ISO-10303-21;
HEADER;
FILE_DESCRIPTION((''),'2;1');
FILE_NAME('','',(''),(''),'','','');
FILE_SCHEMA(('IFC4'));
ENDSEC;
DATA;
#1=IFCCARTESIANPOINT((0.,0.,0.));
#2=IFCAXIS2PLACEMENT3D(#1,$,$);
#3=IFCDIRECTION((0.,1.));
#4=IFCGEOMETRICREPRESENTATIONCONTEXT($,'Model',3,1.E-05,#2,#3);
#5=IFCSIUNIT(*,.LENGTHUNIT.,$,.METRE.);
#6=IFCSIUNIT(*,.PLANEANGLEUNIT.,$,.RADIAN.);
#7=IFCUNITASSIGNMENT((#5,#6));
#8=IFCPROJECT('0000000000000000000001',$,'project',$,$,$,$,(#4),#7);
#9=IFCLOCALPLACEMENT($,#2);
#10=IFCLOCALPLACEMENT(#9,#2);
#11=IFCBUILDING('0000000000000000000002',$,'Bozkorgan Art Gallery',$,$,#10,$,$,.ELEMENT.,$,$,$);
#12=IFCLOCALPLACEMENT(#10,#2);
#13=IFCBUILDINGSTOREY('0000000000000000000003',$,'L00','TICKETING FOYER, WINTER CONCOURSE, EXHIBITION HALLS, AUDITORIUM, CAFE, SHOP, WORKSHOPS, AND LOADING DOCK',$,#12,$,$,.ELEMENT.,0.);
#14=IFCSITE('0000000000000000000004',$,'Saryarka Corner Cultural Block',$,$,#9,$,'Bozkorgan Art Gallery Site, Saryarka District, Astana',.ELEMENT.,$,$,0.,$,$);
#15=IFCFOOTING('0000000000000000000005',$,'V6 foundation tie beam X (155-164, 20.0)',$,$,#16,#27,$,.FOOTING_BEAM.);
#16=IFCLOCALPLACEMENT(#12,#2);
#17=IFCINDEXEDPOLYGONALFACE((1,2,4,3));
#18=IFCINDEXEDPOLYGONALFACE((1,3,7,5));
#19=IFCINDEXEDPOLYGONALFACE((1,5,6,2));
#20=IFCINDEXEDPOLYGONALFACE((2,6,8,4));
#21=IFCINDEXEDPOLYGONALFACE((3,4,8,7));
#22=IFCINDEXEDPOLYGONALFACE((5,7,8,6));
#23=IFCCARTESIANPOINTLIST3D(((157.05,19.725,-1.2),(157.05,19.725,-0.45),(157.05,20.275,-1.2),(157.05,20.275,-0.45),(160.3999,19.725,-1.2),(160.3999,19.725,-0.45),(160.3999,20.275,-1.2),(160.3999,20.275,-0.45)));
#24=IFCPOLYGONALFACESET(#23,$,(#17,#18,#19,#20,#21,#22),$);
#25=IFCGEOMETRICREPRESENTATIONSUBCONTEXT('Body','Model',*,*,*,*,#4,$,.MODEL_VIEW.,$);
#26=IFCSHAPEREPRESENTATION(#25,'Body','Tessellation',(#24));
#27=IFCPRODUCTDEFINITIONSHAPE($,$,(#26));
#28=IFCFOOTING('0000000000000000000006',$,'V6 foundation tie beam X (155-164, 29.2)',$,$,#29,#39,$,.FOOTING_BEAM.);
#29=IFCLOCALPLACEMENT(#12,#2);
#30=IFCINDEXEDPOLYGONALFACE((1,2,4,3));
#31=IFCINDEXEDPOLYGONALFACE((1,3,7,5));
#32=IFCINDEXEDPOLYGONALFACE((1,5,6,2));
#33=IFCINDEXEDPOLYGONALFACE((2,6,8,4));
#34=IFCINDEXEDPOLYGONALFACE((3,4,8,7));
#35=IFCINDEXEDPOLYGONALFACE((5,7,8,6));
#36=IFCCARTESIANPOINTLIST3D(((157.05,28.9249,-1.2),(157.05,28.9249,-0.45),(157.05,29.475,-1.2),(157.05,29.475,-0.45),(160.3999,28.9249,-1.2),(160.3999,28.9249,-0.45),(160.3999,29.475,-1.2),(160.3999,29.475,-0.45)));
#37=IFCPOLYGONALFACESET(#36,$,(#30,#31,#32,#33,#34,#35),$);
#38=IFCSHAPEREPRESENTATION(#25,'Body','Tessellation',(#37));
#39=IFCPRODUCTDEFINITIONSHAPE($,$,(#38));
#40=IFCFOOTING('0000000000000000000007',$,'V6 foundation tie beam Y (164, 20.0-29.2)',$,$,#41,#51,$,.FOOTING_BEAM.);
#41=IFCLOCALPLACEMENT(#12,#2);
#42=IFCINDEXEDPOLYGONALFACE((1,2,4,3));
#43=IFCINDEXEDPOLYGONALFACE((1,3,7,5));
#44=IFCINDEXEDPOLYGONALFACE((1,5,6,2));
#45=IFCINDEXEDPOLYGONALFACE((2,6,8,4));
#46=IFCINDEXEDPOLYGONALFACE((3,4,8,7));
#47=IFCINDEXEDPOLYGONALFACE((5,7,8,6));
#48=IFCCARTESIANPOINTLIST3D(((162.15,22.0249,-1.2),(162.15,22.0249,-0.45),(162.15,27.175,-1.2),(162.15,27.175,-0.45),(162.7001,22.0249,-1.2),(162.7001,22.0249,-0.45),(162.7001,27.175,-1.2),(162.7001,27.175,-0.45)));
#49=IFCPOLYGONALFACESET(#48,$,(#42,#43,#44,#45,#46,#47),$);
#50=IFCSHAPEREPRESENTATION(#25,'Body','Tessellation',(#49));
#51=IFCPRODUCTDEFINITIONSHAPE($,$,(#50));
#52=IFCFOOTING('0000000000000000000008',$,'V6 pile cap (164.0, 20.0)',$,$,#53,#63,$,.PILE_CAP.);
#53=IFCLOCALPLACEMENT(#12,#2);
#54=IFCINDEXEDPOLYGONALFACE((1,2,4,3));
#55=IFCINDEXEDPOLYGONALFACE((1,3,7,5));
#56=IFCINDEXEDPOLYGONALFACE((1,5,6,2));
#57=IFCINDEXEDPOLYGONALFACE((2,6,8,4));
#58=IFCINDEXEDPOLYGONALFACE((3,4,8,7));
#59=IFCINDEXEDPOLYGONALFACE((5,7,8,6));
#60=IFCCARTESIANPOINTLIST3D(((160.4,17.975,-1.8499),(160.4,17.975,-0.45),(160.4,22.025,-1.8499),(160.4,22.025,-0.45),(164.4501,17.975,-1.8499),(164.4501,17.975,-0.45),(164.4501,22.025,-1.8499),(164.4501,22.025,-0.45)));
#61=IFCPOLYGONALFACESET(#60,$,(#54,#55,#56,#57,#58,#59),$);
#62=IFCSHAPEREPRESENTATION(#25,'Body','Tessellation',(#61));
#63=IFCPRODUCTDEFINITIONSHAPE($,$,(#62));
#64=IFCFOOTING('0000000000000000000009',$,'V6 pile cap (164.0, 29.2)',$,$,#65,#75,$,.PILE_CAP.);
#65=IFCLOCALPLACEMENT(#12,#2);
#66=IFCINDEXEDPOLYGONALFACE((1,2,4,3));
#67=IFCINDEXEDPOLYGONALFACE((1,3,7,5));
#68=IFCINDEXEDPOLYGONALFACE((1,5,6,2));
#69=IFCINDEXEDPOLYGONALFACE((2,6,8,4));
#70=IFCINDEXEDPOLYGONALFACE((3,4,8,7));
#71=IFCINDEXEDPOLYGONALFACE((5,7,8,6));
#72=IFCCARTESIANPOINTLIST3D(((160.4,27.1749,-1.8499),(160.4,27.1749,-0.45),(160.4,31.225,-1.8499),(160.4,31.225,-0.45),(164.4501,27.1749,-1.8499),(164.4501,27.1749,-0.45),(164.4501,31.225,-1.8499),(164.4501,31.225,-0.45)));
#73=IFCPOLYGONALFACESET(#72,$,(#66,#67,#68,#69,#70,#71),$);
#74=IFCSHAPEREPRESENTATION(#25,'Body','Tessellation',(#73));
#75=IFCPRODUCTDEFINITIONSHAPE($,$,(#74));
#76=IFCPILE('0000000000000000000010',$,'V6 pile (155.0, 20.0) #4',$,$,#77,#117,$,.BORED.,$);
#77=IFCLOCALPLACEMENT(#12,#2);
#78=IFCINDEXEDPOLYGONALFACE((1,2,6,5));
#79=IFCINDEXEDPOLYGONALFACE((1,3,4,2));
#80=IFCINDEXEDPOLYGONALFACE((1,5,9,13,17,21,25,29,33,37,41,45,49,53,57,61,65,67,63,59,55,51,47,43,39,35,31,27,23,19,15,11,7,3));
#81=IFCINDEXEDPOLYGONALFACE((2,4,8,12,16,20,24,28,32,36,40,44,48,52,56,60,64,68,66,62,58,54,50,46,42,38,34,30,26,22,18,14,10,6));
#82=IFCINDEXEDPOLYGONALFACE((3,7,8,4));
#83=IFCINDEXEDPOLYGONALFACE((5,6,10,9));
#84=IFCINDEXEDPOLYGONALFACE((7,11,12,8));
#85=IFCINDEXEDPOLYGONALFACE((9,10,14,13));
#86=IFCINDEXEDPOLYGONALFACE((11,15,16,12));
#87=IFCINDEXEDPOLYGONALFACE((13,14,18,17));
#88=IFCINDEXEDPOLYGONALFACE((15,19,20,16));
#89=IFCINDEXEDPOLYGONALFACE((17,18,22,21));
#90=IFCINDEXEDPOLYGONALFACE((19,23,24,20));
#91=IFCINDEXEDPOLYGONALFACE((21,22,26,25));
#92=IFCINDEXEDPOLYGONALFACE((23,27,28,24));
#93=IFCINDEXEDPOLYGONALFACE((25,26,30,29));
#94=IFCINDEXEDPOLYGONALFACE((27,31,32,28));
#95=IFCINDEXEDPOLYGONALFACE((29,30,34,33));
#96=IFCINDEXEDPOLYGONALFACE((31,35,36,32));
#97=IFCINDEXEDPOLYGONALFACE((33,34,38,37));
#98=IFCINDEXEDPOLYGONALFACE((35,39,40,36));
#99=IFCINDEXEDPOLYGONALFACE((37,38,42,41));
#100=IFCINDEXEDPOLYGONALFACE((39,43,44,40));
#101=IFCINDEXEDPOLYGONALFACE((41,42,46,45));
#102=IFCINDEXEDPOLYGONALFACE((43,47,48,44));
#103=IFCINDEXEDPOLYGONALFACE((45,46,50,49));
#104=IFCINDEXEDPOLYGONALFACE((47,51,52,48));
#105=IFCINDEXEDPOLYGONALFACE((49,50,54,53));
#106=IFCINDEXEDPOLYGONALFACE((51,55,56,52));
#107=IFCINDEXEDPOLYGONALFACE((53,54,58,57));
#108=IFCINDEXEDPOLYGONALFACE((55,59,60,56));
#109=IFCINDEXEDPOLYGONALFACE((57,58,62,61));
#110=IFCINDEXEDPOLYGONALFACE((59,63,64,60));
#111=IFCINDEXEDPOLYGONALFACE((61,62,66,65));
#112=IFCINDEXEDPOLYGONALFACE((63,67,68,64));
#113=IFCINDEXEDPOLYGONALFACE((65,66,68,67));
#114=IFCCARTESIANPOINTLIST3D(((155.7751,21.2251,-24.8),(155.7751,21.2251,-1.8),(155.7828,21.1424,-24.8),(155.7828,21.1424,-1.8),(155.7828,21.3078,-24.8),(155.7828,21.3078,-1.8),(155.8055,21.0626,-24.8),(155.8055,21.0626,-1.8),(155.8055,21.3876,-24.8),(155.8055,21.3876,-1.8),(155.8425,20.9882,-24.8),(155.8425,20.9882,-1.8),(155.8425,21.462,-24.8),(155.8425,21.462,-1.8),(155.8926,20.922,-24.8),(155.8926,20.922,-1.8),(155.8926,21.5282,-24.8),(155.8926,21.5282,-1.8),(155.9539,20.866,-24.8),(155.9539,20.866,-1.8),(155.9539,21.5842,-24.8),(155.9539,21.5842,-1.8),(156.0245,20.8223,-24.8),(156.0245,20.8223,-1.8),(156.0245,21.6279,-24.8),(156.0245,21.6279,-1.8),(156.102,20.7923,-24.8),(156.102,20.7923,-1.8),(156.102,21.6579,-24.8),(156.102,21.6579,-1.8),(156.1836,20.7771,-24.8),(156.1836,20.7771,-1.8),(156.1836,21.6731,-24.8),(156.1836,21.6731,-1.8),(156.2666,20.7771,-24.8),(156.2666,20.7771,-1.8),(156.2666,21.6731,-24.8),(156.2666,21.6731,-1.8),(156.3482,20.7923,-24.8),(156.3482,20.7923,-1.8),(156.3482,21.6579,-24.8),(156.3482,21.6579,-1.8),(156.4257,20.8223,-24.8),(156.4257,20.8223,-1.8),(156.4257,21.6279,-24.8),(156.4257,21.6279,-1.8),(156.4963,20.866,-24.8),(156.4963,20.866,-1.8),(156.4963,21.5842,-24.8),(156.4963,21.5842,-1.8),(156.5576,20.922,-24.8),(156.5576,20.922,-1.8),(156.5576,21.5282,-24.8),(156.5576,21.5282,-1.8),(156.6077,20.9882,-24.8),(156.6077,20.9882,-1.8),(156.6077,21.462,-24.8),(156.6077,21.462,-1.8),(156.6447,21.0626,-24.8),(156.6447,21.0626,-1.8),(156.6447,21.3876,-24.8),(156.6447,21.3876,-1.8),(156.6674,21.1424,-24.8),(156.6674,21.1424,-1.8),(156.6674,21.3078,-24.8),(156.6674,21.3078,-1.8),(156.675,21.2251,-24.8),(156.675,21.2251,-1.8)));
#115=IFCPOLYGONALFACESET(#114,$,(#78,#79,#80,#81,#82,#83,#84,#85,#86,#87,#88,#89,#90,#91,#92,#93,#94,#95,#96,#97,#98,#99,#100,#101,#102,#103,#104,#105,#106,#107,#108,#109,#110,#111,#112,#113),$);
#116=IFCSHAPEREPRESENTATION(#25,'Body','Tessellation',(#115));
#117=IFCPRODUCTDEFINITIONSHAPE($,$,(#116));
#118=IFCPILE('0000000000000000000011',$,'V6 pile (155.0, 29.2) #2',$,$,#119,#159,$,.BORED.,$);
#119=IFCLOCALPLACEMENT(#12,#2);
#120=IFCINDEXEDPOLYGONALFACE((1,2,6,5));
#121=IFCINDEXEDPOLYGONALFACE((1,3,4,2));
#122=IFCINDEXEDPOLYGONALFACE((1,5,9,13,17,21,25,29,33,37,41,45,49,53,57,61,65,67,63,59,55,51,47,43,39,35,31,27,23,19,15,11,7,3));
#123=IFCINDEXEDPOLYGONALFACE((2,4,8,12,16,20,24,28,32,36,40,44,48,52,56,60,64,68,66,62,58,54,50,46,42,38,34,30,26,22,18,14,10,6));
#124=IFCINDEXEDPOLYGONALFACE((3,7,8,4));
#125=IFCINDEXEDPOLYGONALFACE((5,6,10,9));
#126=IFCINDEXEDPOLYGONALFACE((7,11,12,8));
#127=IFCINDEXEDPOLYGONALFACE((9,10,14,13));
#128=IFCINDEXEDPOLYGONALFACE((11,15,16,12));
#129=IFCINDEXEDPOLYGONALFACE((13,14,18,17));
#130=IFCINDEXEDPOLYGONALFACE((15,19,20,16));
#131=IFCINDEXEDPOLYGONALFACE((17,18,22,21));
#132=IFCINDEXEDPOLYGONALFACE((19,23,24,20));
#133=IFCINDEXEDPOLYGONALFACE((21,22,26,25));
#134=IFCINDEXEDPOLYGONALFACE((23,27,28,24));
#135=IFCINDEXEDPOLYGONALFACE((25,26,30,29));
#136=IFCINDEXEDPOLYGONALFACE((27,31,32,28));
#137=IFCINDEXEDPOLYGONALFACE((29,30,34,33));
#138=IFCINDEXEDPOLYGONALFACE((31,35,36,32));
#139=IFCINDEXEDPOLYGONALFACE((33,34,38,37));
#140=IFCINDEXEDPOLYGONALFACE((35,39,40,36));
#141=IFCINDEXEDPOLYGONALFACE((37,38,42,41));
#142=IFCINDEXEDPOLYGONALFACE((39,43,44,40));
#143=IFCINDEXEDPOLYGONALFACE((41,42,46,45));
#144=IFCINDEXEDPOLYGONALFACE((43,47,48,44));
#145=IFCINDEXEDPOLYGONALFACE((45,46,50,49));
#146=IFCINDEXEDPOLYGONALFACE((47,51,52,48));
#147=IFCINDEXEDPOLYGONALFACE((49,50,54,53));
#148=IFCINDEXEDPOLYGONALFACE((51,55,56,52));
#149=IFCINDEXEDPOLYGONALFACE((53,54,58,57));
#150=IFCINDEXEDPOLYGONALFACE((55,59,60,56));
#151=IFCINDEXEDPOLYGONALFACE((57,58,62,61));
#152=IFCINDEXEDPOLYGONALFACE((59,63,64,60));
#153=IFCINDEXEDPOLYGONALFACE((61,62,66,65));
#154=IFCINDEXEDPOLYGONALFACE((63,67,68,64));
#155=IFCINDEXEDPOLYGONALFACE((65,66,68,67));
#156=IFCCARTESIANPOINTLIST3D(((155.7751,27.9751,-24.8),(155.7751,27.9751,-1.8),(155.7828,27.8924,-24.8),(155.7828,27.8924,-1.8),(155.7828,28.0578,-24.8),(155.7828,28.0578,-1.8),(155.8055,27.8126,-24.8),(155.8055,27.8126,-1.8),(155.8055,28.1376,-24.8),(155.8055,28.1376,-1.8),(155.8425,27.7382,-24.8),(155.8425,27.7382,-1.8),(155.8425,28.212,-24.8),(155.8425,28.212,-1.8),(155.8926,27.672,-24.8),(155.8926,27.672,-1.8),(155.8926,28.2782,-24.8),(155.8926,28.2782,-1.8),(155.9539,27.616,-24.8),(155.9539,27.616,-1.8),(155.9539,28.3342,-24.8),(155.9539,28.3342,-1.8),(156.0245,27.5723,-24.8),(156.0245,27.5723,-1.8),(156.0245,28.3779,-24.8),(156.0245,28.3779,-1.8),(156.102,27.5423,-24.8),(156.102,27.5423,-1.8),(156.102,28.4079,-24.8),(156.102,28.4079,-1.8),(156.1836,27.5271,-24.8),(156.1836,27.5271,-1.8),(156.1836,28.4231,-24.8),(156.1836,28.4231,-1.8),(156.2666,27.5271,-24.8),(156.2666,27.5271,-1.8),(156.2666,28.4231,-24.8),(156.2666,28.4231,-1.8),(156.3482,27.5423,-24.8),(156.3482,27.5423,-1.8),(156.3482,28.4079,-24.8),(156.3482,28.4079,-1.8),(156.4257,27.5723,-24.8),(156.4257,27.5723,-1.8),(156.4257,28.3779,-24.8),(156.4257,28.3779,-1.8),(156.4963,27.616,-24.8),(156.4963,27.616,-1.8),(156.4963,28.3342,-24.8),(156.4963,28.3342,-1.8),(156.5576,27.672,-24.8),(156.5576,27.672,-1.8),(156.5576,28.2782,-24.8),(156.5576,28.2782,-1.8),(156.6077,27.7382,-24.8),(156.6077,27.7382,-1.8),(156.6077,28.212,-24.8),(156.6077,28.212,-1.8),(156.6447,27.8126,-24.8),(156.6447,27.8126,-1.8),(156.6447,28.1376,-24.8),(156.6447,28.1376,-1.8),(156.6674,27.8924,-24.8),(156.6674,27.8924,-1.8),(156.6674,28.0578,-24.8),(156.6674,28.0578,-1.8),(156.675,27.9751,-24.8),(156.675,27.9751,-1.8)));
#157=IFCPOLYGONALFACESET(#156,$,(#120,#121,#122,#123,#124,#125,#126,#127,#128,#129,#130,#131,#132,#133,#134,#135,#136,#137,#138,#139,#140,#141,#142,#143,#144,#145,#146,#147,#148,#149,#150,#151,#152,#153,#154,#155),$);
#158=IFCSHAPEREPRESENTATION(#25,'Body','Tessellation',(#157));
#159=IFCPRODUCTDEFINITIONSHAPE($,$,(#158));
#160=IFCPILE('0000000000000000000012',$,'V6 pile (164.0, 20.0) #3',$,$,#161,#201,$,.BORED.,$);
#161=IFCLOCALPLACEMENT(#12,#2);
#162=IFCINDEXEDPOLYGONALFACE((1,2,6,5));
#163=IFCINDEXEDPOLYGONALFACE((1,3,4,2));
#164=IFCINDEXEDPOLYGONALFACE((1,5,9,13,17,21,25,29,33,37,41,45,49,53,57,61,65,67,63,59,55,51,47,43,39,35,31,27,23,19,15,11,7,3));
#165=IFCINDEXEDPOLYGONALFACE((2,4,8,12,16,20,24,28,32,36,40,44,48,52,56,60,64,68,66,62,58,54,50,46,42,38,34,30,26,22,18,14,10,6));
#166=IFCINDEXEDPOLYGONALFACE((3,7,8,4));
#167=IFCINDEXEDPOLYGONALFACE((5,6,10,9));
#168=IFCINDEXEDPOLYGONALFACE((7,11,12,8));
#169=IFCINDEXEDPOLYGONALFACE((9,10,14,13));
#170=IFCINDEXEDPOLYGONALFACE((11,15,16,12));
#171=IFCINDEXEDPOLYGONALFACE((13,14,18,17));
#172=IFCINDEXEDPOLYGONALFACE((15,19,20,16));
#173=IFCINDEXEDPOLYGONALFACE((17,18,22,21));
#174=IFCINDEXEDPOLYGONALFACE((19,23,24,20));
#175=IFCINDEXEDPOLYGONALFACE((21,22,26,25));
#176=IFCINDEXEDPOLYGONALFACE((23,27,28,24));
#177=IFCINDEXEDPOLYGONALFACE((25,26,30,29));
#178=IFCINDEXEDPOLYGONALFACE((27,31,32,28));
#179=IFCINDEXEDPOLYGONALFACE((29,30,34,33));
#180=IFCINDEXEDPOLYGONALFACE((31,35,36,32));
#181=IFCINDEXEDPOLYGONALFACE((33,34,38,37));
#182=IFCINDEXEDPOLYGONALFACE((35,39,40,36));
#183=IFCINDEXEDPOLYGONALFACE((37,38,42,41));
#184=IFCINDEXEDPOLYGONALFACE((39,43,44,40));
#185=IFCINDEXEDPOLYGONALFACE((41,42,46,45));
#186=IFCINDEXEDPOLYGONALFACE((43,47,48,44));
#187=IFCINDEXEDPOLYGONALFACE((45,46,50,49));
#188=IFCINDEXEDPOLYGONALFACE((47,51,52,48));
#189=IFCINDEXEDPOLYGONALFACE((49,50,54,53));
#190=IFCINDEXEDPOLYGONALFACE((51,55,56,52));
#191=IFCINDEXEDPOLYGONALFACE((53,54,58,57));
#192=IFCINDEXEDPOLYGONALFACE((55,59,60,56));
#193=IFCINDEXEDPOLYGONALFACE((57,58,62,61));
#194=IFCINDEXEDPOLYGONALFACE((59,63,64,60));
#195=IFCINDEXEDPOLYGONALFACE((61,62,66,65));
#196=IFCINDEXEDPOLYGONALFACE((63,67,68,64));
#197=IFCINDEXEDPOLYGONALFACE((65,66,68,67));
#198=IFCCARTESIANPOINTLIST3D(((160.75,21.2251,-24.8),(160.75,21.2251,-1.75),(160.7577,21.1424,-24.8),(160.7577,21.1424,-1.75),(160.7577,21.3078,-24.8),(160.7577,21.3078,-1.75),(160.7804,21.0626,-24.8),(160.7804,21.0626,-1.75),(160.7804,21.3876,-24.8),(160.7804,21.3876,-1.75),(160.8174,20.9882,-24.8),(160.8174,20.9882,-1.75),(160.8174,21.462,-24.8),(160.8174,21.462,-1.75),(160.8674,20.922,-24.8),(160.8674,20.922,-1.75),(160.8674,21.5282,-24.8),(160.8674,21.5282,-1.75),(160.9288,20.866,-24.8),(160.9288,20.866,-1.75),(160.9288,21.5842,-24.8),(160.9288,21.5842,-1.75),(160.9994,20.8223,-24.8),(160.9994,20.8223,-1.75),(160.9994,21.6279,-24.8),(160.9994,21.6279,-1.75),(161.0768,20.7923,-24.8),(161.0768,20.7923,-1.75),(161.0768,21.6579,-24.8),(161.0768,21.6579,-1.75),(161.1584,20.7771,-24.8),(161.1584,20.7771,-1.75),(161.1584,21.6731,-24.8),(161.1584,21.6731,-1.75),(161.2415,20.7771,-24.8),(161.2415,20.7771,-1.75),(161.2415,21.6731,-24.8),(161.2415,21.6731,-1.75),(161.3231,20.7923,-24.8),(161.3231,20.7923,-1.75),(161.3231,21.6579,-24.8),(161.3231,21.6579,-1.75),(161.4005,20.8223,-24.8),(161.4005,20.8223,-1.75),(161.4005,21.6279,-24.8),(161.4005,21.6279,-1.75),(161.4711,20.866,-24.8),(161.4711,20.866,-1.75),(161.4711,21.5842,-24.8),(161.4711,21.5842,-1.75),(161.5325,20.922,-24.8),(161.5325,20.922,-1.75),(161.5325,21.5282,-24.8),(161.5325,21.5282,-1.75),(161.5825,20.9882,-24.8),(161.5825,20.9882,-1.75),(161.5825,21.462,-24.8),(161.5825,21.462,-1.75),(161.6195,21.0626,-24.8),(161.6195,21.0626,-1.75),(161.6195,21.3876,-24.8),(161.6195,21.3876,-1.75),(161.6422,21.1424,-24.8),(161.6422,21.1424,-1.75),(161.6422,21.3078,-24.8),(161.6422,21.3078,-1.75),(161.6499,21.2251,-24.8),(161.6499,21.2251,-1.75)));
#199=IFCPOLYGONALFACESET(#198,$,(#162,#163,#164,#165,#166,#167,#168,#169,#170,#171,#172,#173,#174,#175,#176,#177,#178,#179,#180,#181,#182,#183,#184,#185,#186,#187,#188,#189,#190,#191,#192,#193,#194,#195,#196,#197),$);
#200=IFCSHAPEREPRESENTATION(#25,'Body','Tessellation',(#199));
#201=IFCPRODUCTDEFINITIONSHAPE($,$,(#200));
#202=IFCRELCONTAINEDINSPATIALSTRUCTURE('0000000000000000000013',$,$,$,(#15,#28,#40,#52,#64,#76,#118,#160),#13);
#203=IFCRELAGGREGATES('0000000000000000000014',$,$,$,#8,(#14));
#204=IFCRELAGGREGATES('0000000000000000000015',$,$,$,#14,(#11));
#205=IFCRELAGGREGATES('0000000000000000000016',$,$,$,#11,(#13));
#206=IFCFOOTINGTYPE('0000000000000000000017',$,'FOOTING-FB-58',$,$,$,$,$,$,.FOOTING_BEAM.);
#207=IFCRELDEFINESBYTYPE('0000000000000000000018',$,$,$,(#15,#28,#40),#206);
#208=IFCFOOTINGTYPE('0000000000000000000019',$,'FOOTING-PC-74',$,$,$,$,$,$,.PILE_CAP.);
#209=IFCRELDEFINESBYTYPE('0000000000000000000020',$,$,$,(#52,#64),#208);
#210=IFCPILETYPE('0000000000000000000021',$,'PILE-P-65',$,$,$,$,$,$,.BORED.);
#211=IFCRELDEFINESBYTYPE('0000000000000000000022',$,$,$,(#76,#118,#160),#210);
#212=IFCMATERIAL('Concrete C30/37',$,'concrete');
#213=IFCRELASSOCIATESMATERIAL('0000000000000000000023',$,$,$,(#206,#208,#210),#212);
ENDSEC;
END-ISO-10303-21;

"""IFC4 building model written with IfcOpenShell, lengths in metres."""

from ifc_helpers import new_model, si_unit, direction, frame, origin, origin_2d, place, context, subcontext, project, spatial, rectangle, circle, extrude, material, material_profile, profile_set, type_object, element, save


model = new_model("IFC4")

# Units and contexts
model_context = context("Model", 3, precision=1e-05, world=origin(), true_north=direction((0.0, 1.0)))
body_context = subcontext(model_context, "Body", "Model", "MODEL_VIEW")
ifc_project = project(units=[si_unit("LENGTHUNIT", "METRE"), si_unit("PLANEANGLEUNIT", "RADIAN")], contexts=[model_context])

# Site, building, storey
site_placement = place(None, origin())
site = spatial("IfcSite", under=ifc_project, at=site_placement, Name="Saryarka Corner Cultural Block", LongName="Bozkorgan Art Gallery Site, Saryarka District, Astana", CompositionType="ELEMENT", RefElevation=0.0)
building_placement = place(site_placement, origin())
building = spatial("IfcBuilding", under=site, at=building_placement, Name="Bozkorgan Art Gallery", CompositionType="ELEMENT")
storey_placement = place(building_placement, origin())
storey = spatial("IfcBuildingStorey", under=building, at=storey_placement, Name="L00", Description="TICKETING FOYER, WINTER CONCOURSE, EXHIBITION HALLS, AUDITORIUM, CAFE, SHOP, WORKSHOPS, AND LOADING DOCK", CompositionType="ELEMENT", Elevation=0.0)

# Footings
ifc_material_1 = material(Name="Concrete C30/37", Category="concrete")
ifc_material_profile_1 = material_profile(ifc_material_1, rectangle(XDim=0.55, YDim=0.75, at=origin_2d()), Name="FND 550x750")
ifc_profile_set_1 = profile_set([ifc_material_profile_1], Name="Concrete C30/37")
footing_type_1 = type_object("IfcFootingType", Name="FOOTING-FB-58", PredefinedType="FOOTING_BEAM", material=ifc_profile_set_1)
for number, where, z_axis, x_axis, name in (
    (1, (157.05, 20.0, -0.825), (1.0, 0.0, 0.0), (0.0, 1.0, 0.0), "V6 foundation tie beam X (155-164, 20.0)"),
    (2, (157.05, 29.2, -0.825), (1.0, 0.0, 0.0), (0.0, 1.0, 0.0), "V6 foundation tie beam X (155-164, 29.2)"),
):
    element("IfcFooting", number, at=place(storey_placement, frame(where, z_axis=z_axis, x_axis=x_axis)), inside=storey, type_object=footing_type_1, Name=name, PredefinedType="FOOTING_BEAM", context=body_context, shape_type="SweptSolid", body=[
        extrude(rectangle(XDim=0.55, YDim=0.75, at=origin_2d()), origin(), (0.0, 0.0, 1.0), 3.3499),
    ])
footing_placement = place(storey_placement, frame((162.425, 22.0249, -0.825), z_axis=(0.0, 1.0, 0.0), x_axis=(-1.0, 0.0, 0.0)))
element("IfcFooting", 3, at=footing_placement, inside=storey, type_object=footing_type_1, Name="V6 foundation tie beam Y (164, 20.0-29.2)", PredefinedType="FOOTING_BEAM", context=body_context, shape_type="SweptSolid", body=[
    extrude(rectangle(XDim=0.55, YDim=0.75, at=origin_2d()), origin(), (0.0, 0.0, 1.0), 5.1501),
])
footing_type_2 = type_object("IfcFootingType", Name="FOOTING-PC-74", PredefinedType="PILE_CAP", material=ifc_material_1)
for number, where, z_axis, x_axis, name in (
    (4, (162.425, 20.0, -1.8499), (0.0, 0.0, 1.0), (1.0, 0.0, 0.0), "V6 pile cap (164.0, 20.0)"),
    (5, (162.425, 29.2, -1.8499), (0.0, 0.0, 1.0), (1.0, 0.0, 0.0), "V6 pile cap (164.0, 29.2)"),
):
    element("IfcFooting", number, at=place(storey_placement, frame(where, z_axis=z_axis, x_axis=x_axis)), inside=storey, type_object=footing_type_2, Name=name, PredefinedType="PILE_CAP", context=body_context, shape_type="SweptSolid", body=[
        extrude(rectangle(XDim=4.05, YDim=4.05, at=origin_2d()), origin(), (0.0, 0.0, 1.0), 1.3999),
    ])

# Piles
ifc_material_profile_2 = material_profile(ifc_material_1, circle(Radius=0.45, at=origin_2d()), Name="PILE D900")
ifc_profile_set_2 = profile_set([ifc_material_profile_2], Name="Concrete C30/37")
pile_type = type_object("IfcPileType", Name="PILE-P-65", PredefinedType="BORED", material=ifc_profile_set_2)
for number, where, z_axis, x_axis, name in (
    (6, (156.2251, 21.2251, -1.8), (0.0, 0.0, -1.0), (1.0, 0.0, 0.0), "V6 pile (155.0, 20.0) #4"),
    (7, (156.2251, 27.9751, -1.8), (0.0, 0.0, -1.0), (1.0, 0.0, 0.0), "V6 pile (155.0, 29.2) #2"),
):
    element("IfcPile", number, at=place(storey_placement, frame(where, z_axis=z_axis, x_axis=x_axis)), inside=storey, type_object=pile_type, Name=name, PredefinedType="BORED", context=body_context, shape_type="SweptSolid", body=[
        extrude(circle(Radius=0.45, at=origin_2d()), origin(), (0.0, 0.0, 1.0), 23.0),
    ])
for number, where, z_axis, x_axis, name in (
    (8, (161.2, 21.2251, -1.75), (0.0, 0.0, -1.0), (1.0, 0.0, 0.0), "V6 pile (164.0, 20.0) #3"),
):
    element("IfcPile", number, at=place(storey_placement, frame(where, z_axis=z_axis, x_axis=x_axis)), inside=storey, type_object=pile_type, Name=name, PredefinedType="BORED", context=body_context, shape_type="SweptSolid", body=[
        extrude(circle(Radius=0.45, at=origin_2d()), origin(), (0.0, 0.0, 1.0), 23.05),
    ])

save(model, "model.ifc")
